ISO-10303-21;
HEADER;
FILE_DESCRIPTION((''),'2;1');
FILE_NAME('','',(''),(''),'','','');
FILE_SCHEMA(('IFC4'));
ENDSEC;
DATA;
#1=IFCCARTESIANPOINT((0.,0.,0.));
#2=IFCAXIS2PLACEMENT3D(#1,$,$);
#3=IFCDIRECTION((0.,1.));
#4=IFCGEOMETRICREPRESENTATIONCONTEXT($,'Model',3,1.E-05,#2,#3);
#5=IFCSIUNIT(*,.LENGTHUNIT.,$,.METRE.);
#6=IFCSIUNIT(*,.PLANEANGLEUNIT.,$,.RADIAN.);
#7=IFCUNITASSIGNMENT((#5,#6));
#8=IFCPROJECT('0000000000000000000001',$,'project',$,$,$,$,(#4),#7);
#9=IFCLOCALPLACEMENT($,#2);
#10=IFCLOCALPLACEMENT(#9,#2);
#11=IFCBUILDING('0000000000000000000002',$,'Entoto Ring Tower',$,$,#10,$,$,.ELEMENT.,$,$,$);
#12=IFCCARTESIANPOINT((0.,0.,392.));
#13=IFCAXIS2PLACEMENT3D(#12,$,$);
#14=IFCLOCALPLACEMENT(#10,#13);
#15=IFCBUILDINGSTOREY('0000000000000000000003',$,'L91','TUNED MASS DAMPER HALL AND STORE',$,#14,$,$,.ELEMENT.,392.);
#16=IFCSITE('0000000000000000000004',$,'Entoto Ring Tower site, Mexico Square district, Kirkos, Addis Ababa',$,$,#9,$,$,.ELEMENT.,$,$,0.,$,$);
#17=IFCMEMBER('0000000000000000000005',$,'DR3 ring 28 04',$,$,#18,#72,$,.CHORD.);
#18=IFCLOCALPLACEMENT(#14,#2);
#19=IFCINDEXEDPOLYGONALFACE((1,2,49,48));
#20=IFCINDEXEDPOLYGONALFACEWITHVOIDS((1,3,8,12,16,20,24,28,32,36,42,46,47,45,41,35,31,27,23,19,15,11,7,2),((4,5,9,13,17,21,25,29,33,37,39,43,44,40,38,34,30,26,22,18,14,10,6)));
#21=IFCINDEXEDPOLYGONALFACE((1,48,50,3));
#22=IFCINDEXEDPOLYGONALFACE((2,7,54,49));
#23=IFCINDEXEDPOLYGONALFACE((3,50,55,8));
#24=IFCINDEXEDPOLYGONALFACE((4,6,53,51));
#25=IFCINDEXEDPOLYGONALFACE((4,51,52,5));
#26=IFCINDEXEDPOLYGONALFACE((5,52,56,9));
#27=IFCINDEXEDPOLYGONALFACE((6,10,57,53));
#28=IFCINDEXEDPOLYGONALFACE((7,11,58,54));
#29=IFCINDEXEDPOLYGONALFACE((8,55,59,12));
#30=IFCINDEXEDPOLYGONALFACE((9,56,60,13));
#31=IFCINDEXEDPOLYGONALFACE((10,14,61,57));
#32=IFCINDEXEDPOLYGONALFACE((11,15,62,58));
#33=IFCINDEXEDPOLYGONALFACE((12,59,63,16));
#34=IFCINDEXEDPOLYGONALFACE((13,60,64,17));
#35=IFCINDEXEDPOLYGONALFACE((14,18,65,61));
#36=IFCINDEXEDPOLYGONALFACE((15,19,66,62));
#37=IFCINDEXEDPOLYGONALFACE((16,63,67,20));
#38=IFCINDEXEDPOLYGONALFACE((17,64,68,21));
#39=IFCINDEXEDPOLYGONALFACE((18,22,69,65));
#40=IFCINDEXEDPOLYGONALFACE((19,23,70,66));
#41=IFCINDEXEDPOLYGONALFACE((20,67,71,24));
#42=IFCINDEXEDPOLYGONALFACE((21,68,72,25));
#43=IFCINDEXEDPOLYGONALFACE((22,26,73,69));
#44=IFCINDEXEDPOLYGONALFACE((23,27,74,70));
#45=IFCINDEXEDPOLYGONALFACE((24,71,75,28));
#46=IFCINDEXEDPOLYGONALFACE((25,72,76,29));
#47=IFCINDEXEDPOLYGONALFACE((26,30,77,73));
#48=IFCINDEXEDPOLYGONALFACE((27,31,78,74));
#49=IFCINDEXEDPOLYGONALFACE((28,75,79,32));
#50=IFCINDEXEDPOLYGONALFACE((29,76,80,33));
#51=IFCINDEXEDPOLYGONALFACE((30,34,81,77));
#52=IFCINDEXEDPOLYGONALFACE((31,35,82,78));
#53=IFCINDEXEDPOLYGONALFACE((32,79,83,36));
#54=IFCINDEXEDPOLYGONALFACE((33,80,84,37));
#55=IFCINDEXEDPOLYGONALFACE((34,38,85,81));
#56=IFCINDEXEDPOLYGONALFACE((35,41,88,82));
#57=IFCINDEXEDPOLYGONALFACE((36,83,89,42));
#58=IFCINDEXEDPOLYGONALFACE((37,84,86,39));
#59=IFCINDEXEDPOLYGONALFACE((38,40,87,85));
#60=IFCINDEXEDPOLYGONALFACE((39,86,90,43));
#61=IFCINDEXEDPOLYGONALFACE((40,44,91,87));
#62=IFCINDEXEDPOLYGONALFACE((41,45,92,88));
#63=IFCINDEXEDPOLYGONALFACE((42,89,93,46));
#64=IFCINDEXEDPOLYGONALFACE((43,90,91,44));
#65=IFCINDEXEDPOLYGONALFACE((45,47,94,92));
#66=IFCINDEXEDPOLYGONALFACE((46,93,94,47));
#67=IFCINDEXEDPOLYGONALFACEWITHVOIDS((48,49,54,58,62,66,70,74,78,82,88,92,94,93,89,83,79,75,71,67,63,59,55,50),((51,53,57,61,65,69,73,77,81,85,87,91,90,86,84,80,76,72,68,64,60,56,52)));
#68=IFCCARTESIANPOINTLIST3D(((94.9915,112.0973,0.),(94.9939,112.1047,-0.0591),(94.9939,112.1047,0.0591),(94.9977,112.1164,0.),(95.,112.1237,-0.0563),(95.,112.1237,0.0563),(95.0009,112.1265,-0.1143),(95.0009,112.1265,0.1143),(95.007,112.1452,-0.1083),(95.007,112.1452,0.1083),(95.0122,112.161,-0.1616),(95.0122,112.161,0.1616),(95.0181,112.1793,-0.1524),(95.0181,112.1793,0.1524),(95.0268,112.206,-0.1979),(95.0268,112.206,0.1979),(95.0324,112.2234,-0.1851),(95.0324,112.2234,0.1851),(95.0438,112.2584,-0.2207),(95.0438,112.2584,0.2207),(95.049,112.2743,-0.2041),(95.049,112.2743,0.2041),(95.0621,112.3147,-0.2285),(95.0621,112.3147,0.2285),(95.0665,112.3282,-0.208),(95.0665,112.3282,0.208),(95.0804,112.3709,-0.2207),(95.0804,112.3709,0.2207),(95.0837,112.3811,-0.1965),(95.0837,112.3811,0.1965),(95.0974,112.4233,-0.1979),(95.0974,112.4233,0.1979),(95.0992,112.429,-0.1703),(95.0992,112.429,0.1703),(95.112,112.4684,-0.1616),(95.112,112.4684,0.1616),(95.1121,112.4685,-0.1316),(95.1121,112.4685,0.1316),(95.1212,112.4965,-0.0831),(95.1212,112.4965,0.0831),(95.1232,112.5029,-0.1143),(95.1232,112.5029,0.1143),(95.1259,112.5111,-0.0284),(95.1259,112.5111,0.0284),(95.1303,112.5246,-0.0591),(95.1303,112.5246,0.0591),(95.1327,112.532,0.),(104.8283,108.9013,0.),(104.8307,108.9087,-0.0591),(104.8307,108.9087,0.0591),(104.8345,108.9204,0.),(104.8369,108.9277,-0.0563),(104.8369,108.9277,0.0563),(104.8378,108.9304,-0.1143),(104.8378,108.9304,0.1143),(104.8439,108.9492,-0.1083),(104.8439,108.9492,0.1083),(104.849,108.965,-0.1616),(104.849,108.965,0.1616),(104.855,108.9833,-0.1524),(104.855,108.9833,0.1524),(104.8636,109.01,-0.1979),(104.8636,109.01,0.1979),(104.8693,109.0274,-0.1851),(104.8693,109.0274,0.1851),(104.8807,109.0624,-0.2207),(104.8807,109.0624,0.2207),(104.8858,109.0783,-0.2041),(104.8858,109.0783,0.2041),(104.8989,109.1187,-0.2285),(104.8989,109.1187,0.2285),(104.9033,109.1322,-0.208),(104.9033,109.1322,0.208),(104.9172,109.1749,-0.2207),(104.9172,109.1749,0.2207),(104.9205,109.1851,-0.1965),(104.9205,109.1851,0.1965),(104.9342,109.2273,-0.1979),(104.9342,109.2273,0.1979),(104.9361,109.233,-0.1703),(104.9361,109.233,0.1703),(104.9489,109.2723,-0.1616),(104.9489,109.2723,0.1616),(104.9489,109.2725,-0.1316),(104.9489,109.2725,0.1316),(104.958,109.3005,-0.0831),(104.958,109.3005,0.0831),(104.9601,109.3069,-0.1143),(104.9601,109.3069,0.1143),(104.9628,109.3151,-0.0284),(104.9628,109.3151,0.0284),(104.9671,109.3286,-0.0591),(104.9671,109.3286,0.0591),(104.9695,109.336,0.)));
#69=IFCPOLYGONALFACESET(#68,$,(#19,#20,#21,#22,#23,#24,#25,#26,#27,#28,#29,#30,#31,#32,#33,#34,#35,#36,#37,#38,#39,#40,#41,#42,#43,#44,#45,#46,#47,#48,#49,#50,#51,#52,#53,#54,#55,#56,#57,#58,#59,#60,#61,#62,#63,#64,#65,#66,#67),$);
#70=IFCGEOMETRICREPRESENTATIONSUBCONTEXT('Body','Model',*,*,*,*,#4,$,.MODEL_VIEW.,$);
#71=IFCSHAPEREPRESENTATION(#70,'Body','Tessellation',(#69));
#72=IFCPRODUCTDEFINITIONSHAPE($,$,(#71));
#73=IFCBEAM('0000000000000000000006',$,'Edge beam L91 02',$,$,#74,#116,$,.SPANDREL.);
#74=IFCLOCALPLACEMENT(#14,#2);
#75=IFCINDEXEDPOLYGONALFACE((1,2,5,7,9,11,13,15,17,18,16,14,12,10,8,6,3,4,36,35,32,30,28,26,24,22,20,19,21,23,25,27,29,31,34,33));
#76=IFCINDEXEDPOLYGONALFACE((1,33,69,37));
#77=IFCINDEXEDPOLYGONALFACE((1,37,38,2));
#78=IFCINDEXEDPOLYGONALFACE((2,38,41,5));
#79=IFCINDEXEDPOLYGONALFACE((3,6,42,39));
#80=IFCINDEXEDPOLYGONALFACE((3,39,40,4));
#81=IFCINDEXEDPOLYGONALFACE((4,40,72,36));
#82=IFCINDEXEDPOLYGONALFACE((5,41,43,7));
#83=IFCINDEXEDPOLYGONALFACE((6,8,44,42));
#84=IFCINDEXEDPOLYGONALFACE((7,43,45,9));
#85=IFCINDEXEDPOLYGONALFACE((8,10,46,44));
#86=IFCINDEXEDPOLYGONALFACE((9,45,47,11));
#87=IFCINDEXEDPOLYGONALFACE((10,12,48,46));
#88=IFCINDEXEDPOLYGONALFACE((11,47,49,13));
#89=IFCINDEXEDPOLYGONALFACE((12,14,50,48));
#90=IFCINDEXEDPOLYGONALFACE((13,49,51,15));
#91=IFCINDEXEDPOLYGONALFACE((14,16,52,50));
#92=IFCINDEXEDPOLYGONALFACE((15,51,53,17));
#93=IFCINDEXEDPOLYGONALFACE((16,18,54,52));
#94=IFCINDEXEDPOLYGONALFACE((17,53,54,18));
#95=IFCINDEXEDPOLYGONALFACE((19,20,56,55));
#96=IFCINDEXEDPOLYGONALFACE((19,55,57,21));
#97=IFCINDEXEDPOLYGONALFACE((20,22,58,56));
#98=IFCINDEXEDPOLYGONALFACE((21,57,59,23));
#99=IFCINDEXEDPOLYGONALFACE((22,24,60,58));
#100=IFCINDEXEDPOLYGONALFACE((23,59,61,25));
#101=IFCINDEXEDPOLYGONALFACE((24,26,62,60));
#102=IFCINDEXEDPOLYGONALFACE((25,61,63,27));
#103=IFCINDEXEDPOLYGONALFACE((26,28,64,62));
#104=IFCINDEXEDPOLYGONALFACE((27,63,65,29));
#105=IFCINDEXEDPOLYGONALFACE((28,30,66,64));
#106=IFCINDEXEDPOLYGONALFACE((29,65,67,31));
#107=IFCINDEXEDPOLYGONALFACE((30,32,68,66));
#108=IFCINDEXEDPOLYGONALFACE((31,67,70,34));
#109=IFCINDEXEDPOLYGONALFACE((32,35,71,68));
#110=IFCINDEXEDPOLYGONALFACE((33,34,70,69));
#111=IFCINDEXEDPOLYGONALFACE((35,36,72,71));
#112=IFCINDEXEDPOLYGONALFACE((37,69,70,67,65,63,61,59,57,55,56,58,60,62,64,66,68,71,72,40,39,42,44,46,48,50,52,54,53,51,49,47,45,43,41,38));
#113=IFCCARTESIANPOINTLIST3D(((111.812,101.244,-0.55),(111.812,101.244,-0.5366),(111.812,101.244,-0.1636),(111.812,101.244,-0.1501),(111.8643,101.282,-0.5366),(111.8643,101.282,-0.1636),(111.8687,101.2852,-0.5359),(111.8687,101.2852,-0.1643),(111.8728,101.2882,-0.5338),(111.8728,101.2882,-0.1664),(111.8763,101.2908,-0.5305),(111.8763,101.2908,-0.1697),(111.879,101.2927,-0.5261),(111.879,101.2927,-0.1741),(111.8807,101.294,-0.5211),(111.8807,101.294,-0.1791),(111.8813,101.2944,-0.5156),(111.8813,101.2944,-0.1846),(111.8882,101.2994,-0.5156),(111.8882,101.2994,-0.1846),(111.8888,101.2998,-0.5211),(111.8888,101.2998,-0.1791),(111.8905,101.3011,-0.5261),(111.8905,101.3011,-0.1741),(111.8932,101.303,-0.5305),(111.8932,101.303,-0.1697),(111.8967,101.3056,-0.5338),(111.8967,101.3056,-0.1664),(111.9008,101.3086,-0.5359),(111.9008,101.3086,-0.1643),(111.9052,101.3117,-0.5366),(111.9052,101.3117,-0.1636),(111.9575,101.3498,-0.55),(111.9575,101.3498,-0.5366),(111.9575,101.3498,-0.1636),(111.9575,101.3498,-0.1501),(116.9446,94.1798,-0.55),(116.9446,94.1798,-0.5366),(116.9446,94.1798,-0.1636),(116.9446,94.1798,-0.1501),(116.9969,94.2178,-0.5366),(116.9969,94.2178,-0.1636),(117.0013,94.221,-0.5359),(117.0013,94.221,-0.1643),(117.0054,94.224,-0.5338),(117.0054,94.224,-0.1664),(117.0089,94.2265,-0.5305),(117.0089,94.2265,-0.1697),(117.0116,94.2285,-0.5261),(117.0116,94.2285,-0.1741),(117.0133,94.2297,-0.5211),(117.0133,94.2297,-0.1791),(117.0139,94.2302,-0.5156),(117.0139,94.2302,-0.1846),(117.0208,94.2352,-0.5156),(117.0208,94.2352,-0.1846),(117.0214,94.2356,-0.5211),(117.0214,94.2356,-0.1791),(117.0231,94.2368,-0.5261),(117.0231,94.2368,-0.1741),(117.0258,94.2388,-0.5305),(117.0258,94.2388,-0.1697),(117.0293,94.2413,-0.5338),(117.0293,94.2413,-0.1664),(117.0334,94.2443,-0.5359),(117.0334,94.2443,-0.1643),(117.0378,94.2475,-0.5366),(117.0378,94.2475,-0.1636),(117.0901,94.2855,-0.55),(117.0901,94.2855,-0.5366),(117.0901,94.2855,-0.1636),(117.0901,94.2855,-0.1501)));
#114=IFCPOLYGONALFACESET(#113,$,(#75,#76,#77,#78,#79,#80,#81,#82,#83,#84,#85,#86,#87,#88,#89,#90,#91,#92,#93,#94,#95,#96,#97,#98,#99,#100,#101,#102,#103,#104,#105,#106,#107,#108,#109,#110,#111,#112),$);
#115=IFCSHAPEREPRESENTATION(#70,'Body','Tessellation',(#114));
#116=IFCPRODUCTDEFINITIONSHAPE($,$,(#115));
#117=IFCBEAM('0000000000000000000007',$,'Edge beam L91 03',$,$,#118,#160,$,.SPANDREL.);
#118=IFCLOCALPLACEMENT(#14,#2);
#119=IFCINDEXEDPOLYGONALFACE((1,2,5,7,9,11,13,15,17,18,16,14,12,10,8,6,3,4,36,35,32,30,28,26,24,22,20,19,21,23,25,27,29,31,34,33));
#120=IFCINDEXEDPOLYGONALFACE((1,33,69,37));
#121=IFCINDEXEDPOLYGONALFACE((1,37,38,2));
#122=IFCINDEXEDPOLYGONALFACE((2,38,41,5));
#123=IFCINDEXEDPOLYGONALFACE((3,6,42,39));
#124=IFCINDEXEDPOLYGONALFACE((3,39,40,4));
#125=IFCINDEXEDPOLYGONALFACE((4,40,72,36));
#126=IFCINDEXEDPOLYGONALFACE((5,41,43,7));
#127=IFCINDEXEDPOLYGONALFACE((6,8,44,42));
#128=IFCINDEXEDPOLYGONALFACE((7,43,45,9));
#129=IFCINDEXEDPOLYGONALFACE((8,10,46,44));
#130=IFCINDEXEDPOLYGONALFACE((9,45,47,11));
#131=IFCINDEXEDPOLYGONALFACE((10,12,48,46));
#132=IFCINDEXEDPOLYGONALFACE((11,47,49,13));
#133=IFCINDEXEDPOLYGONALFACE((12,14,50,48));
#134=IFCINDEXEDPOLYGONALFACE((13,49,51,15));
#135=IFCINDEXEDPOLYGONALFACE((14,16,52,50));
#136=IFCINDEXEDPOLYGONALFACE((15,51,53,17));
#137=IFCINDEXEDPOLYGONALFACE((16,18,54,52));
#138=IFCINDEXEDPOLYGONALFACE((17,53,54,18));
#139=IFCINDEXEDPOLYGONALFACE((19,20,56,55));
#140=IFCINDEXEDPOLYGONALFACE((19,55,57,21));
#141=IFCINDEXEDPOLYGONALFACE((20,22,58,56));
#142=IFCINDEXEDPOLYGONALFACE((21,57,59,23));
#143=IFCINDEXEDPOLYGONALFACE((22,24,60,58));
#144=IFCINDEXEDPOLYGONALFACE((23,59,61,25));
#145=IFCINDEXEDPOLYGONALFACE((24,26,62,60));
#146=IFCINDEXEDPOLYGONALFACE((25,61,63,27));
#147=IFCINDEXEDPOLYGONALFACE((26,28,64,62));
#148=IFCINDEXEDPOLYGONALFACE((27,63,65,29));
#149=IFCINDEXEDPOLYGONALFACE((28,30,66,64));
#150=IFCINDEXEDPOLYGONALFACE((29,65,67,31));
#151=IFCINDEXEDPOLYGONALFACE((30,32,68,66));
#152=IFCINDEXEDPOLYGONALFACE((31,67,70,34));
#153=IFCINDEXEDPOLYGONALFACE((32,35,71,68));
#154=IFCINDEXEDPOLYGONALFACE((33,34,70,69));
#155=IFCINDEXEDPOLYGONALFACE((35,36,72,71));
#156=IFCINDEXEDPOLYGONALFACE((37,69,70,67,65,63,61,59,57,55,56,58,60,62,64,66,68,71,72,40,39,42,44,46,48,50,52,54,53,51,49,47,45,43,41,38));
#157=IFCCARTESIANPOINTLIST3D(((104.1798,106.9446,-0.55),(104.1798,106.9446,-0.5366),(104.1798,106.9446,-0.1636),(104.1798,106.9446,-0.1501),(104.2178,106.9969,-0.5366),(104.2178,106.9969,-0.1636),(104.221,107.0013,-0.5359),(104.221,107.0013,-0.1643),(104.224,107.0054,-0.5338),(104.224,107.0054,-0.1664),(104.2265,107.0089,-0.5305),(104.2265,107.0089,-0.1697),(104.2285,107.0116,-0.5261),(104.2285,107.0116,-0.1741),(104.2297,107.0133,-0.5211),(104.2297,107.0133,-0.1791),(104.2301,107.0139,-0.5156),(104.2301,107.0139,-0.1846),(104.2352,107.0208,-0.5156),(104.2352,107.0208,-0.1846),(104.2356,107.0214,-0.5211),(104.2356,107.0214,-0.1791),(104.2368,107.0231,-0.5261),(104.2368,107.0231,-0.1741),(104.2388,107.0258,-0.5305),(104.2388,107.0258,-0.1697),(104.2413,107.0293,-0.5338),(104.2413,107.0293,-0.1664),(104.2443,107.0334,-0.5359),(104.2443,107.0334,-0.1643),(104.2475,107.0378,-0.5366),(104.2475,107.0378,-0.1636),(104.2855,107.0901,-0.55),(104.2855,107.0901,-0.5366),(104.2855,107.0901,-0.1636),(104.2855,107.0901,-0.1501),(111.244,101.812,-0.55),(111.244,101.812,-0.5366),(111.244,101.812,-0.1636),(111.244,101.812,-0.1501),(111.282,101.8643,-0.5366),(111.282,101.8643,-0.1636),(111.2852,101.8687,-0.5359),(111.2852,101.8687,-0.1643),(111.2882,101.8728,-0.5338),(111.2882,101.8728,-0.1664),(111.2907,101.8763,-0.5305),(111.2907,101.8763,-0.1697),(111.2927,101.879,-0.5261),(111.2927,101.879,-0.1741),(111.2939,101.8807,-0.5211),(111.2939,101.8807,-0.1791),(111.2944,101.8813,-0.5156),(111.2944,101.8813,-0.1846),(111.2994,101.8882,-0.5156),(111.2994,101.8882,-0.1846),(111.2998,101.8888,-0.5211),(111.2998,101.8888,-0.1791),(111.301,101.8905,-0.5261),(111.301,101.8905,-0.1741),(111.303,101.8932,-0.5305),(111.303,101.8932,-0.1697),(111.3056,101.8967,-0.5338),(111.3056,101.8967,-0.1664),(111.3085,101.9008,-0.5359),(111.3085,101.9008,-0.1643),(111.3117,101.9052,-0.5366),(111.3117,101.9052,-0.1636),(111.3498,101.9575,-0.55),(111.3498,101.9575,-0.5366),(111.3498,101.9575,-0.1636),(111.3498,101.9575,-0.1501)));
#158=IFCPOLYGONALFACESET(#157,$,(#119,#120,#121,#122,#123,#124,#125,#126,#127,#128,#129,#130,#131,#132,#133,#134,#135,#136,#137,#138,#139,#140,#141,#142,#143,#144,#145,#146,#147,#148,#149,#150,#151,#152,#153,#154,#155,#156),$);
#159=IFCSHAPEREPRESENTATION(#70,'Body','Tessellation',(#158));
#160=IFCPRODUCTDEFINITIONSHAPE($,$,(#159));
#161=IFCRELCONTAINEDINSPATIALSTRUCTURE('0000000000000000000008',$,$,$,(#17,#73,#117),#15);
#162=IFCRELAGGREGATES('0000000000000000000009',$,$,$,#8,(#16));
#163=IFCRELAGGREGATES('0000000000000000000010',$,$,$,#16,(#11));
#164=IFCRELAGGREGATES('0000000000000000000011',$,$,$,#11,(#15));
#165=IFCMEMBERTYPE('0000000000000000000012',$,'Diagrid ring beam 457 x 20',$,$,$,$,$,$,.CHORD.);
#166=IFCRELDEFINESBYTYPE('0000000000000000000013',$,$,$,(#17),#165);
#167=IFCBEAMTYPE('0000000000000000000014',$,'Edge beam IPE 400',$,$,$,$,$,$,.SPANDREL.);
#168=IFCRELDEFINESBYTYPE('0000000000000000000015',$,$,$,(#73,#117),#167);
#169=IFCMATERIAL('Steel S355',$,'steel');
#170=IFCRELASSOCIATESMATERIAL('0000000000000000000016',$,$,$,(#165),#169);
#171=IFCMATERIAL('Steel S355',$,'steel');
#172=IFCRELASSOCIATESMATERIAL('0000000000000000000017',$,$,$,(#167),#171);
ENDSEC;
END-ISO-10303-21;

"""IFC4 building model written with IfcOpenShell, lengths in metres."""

from ifc_helpers import new_model, si_unit, direction, frame, origin, origin_2d, place, context, subcontext, project, spatial, circle, hollow_circle, i_section, extrude, material, material_profile, profile_set, type_object, element, save


model = new_model("IFC4")

# Units and contexts
model_context = context("Model", 3, precision=1e-05, world=origin(), true_north=direction((0.0, 1.0)))
body_context = subcontext(model_context, "Body", "Model", "MODEL_VIEW")
ifc_project = project(units=[si_unit("LENGTHUNIT", "METRE"), si_unit("PLANEANGLEUNIT", "RADIAN")], contexts=[model_context])

# Site, building, storey
site_placement = place(None, origin())
site = spatial("IfcSite", under=ifc_project, at=site_placement, Name="Entoto Ring Tower site, Mexico Square district, Kirkos, Addis Ababa", CompositionType="ELEMENT", RefElevation=0.0)
building_placement = place(site_placement, origin())
building = spatial("IfcBuilding", under=site, at=building_placement, Name="Entoto Ring Tower", CompositionType="ELEMENT")
storey_placement = place(building_placement, frame((0.0, 0.0, 392.0)))
storey = spatial("IfcBuildingStorey", under=building, at=storey_placement, Name="L91", Description="TUNED MASS DAMPER HALL AND STORE", CompositionType="ELEMENT", Elevation=392.0)

# Member
ifc_material_1 = material(Name="Steel S355", Category="steel")
ifc_material_profile_1 = material_profile(ifc_material_1, hollow_circle(Radius=0.2285, WallThickness=0.02, at=origin_2d()), Name="CHS 457 x 20")
ifc_material_2 = material(Name="Concrete C60/75", Category="concrete")
ifc_material_profile_2 = material_profile(ifc_material_2, circle(Radius=0.2085, at=origin_2d()), Name="Concrete C60/75 infill")
ifc_profile_set_1 = profile_set([ifc_material_profile_1, ifc_material_profile_2], Name="Steel S355")
member_type_1 = type_object("IfcMemberType", Name="Diagrid ring beam 457 x 20", PredefinedType="CHORD", material=ifc_profile_set_1)
member_1_placement = place(storey_placement, frame((104.8989, 109.1187, 0.0), z_axis=(-0.951061, 0.309003, 0.0), x_axis=(-0.309003, -0.951061, 0.0)))
element("IfcMember", 1, at=member_1_placement, inside=storey, type_object=member_type_1, Name="DR3 ring 28 04", PredefinedType="CHORD", context=body_context, shape_type="SweptSolid", body=[
    extrude(hollow_circle(Radius=0.2285, WallThickness=0.02, at=origin_2d()), origin(), (0.0, 0.0, 1.0), 10.343),
])

# Beams
ifc_material_3 = material(Name="Steel S355", Category="steel")
ifc_material_profile_3 = material_profile(ifc_material_3, i_section(OverallWidth=0.1799, OverallDepth=0.3999, WebThickness=0.0085, FlangeThickness=0.0134, FilletRadius=0.021, at=origin_2d()), Name="IPE 400")
ifc_profile_set_2 = profile_set([ifc_material_profile_3], Name="Steel S355")
beam_type_1 = type_object("IfcBeamType", Name="Edge beam IPE 400", PredefinedType="SPANDREL", material=ifc_profile_set_2)
for number, where, z_axis, x_axis, name in (
    (2, (117.0173, 94.2327, -0.3501), (-0.587794, 0.80901, 0.0), (-0.80901, -0.587794, 0.0), "Edge beam L91 02"),
    (3, (111.2969, 101.8848, -0.3501), (-0.80901, 0.587794, 0.0), (-0.587794, -0.80901, 0.0), "Edge beam L91 03"),
):
    element("IfcBeam", number, at=place(storey_placement, frame(where, z_axis=z_axis, x_axis=x_axis)), inside=storey, type_object=beam_type_1, Name=name, PredefinedType="SPANDREL", context=body_context, shape_type="SweptSolid", body=[
        extrude(i_section(OverallWidth=0.1799, OverallDepth=0.3999, WebThickness=0.0085, FlangeThickness=0.0134, FilletRadius=0.021, at=origin_2d()), origin(), (0.0, 0.0, 1.0), 8.7319),
    ])

save(model, "model.ifc")
